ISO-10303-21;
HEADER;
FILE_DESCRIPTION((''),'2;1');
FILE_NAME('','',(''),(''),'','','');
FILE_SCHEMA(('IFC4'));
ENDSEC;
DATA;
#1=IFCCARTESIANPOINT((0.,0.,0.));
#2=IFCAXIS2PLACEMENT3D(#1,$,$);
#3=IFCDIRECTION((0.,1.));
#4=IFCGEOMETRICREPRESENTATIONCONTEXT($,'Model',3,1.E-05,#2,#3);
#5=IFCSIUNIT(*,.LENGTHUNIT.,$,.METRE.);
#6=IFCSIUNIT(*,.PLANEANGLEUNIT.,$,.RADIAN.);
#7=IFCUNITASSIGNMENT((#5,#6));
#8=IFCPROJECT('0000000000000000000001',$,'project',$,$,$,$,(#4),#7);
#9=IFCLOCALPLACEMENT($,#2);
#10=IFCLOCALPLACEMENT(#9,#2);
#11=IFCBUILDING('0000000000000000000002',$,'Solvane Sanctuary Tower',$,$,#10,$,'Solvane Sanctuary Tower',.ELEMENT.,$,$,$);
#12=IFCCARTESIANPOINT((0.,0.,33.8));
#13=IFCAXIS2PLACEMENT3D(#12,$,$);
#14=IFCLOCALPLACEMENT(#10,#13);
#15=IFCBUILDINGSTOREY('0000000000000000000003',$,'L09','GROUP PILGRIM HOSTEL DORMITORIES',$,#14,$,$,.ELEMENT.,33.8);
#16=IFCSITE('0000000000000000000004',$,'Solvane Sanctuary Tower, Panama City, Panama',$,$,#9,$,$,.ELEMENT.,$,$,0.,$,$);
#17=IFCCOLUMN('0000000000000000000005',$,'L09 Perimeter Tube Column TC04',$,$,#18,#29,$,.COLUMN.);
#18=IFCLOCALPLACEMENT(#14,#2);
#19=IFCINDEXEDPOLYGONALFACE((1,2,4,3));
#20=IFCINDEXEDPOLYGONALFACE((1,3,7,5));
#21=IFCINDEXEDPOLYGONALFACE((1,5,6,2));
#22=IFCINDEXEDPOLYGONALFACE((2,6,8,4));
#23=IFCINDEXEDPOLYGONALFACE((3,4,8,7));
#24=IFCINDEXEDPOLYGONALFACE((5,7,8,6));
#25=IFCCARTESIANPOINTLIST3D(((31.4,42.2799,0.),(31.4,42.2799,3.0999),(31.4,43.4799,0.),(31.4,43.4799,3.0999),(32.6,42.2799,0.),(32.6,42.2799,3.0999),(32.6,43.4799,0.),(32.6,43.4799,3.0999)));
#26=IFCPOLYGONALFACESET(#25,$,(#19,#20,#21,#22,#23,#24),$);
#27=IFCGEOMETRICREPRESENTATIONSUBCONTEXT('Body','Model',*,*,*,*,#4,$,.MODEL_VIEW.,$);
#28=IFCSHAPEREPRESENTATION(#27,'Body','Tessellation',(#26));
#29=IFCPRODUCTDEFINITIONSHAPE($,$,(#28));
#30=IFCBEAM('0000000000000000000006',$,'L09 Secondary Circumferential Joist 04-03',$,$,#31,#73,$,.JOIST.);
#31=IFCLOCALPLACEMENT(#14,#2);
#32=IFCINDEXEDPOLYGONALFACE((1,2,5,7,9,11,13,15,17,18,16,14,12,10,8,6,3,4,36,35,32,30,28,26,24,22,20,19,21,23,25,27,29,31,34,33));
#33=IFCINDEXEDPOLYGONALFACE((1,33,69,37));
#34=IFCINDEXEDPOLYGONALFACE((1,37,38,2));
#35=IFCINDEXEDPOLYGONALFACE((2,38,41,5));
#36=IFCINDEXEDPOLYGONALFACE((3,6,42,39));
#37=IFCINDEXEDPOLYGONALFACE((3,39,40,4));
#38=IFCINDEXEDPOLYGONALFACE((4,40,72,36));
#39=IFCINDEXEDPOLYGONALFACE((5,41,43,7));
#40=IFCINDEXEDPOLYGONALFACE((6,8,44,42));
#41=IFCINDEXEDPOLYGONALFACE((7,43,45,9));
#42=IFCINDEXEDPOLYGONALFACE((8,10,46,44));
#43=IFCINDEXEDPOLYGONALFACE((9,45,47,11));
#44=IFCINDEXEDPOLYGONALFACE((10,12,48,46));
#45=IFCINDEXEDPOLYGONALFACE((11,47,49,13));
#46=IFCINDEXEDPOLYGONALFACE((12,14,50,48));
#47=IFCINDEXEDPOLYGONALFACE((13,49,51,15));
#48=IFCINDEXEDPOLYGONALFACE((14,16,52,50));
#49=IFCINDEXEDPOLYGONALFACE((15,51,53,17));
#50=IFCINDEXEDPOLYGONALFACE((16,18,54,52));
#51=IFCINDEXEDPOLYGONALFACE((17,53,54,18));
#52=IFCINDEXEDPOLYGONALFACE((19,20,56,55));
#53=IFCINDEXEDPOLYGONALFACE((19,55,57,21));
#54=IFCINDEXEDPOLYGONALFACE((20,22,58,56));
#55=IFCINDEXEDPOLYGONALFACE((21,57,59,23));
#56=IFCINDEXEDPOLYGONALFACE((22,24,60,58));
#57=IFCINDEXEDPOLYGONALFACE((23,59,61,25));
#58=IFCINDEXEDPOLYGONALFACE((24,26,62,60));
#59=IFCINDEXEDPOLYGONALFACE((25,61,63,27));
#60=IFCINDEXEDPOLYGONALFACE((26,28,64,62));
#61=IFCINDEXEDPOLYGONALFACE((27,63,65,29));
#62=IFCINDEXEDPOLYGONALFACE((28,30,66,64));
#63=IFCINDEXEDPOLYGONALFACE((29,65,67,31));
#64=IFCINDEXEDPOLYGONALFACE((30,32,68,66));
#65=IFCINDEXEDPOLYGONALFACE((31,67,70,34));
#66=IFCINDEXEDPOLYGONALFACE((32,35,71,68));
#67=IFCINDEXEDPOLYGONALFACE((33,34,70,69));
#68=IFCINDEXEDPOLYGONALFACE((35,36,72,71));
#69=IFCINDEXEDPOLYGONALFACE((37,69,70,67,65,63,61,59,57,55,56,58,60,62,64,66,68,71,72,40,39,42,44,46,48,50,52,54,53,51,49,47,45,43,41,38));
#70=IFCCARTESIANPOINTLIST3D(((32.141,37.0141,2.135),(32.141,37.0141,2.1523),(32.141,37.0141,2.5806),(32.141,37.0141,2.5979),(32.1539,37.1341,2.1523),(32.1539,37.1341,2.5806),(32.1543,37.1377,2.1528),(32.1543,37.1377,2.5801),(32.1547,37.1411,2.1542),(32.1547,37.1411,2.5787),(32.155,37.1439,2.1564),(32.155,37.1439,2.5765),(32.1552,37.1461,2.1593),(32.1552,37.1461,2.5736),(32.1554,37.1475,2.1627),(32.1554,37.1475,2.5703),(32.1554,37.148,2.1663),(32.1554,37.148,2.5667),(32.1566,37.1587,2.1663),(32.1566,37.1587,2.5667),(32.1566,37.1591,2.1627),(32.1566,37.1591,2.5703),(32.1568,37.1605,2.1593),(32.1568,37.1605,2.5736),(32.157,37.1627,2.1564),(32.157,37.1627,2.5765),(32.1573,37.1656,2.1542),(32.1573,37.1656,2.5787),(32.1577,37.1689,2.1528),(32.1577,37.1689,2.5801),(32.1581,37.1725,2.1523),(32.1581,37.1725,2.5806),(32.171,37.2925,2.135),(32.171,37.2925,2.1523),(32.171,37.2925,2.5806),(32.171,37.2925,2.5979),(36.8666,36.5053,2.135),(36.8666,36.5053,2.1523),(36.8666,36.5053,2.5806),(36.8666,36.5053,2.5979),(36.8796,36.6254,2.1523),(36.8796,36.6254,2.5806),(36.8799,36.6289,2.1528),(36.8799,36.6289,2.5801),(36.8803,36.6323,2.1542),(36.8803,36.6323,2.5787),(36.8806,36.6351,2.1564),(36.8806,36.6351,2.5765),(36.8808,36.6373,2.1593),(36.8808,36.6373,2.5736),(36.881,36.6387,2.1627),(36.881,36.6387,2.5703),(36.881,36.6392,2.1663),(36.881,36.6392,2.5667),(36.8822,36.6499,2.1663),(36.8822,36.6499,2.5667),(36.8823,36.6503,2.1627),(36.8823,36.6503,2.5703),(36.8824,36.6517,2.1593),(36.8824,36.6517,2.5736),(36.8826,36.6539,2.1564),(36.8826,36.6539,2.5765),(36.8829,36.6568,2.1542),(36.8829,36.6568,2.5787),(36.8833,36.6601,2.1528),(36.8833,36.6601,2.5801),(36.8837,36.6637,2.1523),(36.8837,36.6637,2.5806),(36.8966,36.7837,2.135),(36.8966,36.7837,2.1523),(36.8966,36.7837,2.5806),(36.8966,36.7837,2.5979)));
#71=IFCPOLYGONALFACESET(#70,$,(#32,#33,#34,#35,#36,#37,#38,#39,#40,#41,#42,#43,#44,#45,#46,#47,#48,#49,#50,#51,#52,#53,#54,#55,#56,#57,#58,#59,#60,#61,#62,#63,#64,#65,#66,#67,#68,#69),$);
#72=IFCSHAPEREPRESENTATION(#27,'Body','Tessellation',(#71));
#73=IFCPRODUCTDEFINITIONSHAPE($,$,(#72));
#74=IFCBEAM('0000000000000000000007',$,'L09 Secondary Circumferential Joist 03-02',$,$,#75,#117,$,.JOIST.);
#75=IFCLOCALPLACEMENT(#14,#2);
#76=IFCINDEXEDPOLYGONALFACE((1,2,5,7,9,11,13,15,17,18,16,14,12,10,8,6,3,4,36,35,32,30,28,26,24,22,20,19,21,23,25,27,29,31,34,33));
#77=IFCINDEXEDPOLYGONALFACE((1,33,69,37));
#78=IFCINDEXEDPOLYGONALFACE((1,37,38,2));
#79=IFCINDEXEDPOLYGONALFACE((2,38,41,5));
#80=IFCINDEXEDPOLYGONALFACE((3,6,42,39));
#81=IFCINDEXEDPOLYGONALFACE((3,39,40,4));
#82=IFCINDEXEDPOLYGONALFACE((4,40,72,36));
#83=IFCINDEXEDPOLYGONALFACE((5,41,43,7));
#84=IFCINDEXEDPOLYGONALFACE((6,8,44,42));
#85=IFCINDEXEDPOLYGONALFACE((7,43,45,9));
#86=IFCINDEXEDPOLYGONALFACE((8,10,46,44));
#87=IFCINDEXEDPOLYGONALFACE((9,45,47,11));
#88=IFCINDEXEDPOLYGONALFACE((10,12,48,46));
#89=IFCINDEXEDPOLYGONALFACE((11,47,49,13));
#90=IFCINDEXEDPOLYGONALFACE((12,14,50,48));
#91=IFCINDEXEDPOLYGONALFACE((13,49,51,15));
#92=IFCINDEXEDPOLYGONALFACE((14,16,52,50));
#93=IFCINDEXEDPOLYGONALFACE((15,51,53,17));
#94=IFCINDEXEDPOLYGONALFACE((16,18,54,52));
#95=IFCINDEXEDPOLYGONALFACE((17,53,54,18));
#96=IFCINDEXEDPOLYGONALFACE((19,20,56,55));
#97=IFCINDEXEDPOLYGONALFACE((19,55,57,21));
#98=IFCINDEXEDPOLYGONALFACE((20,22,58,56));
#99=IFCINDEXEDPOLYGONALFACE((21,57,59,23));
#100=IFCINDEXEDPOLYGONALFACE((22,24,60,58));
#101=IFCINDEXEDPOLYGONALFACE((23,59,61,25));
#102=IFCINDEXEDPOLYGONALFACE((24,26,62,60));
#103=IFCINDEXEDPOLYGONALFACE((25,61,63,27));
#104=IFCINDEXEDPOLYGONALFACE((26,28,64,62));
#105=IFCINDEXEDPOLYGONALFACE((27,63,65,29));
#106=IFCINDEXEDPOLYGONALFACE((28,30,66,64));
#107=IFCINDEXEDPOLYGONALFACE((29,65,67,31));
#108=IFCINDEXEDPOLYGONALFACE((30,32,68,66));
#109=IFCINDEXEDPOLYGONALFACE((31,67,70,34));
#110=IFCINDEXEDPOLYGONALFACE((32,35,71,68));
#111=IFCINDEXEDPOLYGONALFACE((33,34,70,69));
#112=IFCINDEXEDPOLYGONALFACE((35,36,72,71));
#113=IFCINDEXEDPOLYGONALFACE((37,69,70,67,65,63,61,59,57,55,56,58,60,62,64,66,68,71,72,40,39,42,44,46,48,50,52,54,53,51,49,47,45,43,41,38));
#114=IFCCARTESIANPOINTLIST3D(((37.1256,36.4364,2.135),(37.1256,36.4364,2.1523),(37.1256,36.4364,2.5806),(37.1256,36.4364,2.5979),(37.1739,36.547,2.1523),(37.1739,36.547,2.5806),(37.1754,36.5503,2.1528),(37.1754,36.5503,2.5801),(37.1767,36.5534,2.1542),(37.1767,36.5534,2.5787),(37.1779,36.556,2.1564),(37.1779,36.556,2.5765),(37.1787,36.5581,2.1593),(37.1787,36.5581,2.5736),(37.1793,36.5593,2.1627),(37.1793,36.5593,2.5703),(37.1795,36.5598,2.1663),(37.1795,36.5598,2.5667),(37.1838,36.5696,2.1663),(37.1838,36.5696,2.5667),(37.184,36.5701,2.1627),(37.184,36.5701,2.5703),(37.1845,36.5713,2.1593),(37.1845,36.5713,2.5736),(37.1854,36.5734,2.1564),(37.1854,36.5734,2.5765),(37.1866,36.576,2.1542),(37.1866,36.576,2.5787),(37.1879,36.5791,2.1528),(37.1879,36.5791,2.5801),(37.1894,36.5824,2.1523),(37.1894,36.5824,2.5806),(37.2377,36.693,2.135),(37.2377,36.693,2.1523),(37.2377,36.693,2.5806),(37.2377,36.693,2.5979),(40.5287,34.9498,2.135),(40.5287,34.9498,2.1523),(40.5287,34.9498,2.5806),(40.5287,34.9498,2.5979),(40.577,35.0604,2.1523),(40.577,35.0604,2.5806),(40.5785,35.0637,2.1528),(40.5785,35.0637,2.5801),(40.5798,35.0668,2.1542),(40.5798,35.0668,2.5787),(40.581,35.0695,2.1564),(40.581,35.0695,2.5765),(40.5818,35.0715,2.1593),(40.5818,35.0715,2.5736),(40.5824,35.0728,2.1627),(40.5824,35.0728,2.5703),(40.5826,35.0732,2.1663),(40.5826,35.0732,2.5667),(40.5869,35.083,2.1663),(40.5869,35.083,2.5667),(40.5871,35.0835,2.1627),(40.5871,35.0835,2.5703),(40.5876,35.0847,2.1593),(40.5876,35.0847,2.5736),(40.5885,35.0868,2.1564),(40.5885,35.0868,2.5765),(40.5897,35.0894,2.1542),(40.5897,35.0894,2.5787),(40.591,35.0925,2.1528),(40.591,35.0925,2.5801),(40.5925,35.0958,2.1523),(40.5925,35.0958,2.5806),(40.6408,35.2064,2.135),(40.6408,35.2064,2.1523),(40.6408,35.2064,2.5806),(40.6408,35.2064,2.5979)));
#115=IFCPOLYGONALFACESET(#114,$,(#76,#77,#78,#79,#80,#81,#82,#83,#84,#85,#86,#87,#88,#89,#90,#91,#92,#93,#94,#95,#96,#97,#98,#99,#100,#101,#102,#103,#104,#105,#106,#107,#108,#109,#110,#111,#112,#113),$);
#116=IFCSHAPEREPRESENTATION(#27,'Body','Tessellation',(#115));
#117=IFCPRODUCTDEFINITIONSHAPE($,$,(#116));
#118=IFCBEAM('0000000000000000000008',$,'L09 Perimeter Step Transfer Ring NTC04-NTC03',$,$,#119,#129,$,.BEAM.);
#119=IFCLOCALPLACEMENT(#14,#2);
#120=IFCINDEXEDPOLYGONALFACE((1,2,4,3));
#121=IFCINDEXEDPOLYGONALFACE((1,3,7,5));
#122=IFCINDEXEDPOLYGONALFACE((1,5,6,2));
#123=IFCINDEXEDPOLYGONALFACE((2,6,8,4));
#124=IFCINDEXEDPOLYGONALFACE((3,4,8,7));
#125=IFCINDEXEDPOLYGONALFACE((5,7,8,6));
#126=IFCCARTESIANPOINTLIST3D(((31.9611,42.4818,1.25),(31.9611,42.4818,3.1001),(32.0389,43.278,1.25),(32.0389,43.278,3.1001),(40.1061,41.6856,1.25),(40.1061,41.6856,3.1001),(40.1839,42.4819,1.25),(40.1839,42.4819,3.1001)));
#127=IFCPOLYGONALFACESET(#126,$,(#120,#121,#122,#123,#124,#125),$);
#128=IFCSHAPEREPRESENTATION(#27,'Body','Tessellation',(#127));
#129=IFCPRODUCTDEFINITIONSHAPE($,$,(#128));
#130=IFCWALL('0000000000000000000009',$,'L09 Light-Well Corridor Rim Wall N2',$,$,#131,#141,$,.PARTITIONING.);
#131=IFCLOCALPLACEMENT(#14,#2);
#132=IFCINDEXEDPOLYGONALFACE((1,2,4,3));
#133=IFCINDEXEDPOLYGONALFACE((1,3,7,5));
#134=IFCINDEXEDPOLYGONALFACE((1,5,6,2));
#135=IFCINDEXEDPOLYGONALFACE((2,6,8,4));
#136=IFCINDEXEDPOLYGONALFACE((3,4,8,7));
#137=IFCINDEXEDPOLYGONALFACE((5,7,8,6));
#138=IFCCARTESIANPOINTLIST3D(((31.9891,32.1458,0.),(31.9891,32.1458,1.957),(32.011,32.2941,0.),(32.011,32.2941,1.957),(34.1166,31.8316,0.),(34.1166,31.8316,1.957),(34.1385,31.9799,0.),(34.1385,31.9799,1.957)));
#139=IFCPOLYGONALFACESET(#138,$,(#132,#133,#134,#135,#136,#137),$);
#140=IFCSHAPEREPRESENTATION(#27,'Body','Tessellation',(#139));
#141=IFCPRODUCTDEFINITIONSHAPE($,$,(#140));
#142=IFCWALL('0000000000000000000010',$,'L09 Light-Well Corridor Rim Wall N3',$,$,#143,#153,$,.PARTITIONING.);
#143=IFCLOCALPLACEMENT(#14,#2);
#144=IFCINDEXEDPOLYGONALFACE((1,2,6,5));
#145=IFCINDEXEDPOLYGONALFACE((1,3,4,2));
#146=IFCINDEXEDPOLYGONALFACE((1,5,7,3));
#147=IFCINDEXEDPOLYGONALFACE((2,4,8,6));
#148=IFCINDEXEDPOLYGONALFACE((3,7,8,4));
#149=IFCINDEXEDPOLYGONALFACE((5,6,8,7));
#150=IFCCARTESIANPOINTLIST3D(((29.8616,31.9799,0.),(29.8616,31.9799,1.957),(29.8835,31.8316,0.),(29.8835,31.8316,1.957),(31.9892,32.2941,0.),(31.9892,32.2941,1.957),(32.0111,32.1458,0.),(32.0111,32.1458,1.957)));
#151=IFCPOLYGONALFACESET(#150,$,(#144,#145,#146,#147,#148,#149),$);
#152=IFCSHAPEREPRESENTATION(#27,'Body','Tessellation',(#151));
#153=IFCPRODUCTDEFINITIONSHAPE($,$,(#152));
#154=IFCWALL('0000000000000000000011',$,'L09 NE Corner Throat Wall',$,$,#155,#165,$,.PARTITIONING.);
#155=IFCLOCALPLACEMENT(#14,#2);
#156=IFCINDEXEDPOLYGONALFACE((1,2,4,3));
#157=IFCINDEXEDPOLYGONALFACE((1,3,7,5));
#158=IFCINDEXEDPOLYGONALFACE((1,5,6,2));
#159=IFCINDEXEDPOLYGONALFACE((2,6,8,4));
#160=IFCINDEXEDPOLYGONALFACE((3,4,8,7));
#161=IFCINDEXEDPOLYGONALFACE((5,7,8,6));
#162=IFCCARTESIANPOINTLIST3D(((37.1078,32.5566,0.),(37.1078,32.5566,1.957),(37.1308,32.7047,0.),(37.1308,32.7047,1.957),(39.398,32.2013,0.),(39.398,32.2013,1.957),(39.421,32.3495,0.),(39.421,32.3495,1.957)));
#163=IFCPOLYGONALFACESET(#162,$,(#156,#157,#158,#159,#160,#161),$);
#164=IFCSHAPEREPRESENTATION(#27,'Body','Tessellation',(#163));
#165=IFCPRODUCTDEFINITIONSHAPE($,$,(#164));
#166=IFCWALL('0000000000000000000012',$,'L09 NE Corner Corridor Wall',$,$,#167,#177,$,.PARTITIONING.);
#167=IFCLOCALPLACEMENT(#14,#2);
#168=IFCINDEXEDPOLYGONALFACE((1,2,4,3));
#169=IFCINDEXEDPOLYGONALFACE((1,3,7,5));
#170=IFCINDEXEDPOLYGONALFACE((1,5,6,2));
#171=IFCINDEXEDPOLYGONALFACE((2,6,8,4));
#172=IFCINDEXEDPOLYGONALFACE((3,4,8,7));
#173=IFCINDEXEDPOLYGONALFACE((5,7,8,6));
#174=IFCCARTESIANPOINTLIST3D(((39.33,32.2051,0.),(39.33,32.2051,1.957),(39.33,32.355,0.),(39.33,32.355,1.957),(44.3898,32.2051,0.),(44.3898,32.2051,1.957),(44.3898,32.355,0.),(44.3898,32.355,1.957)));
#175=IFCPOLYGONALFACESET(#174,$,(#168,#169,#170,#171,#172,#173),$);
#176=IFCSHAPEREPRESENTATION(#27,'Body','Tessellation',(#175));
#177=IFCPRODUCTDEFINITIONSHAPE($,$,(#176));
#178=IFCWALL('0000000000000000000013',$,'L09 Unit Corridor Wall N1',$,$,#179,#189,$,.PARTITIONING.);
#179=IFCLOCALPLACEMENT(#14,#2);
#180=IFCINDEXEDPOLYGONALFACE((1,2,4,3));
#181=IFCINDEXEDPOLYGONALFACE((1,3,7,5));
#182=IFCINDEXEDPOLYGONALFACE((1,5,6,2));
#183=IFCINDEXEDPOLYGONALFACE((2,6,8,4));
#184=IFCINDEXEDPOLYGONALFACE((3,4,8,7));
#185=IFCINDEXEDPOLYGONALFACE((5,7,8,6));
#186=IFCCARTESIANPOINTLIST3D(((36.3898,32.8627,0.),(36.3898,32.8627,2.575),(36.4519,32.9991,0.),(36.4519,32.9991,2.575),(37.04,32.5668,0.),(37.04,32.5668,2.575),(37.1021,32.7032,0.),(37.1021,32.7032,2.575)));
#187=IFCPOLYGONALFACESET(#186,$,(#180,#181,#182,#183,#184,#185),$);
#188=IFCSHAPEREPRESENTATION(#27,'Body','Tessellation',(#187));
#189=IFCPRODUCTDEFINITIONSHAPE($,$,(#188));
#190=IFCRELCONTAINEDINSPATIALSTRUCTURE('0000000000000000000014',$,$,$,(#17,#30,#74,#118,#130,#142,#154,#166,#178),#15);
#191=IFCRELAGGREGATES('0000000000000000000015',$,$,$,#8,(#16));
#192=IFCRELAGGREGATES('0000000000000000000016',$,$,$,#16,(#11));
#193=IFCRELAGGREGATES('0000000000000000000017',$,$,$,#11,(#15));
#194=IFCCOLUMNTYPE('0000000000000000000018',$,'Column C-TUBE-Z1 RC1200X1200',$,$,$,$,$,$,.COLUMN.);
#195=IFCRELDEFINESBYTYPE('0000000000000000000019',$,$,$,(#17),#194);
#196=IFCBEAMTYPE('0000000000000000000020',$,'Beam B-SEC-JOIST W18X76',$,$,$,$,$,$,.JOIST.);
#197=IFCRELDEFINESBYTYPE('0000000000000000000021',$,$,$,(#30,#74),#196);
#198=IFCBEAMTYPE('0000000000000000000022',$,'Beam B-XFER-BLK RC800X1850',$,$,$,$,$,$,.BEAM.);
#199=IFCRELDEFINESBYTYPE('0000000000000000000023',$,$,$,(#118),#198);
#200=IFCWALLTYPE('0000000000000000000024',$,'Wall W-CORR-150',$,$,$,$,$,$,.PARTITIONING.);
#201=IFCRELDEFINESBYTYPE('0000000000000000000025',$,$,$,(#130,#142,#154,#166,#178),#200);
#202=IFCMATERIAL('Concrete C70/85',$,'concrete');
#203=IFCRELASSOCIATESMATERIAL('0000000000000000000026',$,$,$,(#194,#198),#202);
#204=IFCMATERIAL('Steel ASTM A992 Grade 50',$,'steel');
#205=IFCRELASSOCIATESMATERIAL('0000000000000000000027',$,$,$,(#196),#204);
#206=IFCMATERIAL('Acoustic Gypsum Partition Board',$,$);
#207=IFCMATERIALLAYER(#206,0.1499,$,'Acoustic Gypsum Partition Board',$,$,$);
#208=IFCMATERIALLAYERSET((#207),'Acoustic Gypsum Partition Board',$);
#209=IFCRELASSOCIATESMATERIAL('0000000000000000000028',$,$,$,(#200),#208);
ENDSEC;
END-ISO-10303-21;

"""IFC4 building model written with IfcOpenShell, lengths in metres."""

from ifc_helpers import new_model, si_unit, direction, frame, frame_2d, origin, origin_2d, place, context, subcontext, project, spatial, rectangle, i_section, extrude, material, layer, layer_set, material_profile, profile_set, type_object, element, save


model = new_model("IFC4")

# Units and contexts
model_context = context("Model", 3, precision=1e-05, world=origin(), true_north=direction((0.0, 1.0)))
body_context = subcontext(model_context, "Body", "Model", "MODEL_VIEW")
ifc_project = project(units=[si_unit("LENGTHUNIT", "METRE"), si_unit("PLANEANGLEUNIT", "RADIAN")], contexts=[model_context])

# Site, building, storey
site_placement = place(None, origin())
site = spatial("IfcSite", under=ifc_project, at=site_placement, Name="Solvane Sanctuary Tower, Panama City, Panama", CompositionType="ELEMENT", RefElevation=0.0)
building_placement = place(site_placement, origin())
building = spatial("IfcBuilding", under=site, at=building_placement, Name="Solvane Sanctuary Tower", LongName="Solvane Sanctuary Tower", CompositionType="ELEMENT")
storey_placement = place(building_placement, frame((0.0, 0.0, 33.8)))
storey = spatial("IfcBuildingStorey", under=building, at=storey_placement, Name="L09", Description="GROUP PILGRIM HOSTEL DORMITORIES", CompositionType="ELEMENT", Elevation=33.8)

# Column
ifc_material_1 = material(Name="Concrete C70/85", Category="concrete")
ifc_material_profile_1 = material_profile(ifc_material_1, rectangle(XDim=1.2, YDim=1.2, at=origin_2d()), Name="RC1200X1200")
ifc_profile_set_1 = profile_set([ifc_material_profile_1], Name="Concrete C70/85")
column_type = type_object("IfcColumnType", Name="Column C-TUBE-Z1 RC1200X1200", PredefinedType="COLUMN", material=ifc_profile_set_1)
column_placement = place(storey_placement, frame((32.0, 42.8799, 0.0), z_axis=(0.0, 0.0, 1.0), x_axis=(0.0, 1.0, 0.0)))
element("IfcColumn", 1, at=column_placement, inside=storey, type_object=column_type, Name="L09 Perimeter Tube Column TC04", PredefinedType="COLUMN", context=body_context, shape_type="SweptSolid", body=[
    extrude(rectangle(XDim=1.2, YDim=1.2, at=origin_2d()), origin(), (0.0, 0.0, 1.0), 3.0999),
])

# Beams
ifc_material_2 = material(Name="Steel ASTM A992 Grade 50", Category="steel")
ifc_material_profile_2 = material_profile(ifc_material_2, i_section(OverallWidth=0.28, OverallDepth=0.4629, WebThickness=0.0107, FlangeThickness=0.0173, FilletRadius=0.0139, at=origin_2d()), Name="W18X76")
ifc_profile_set_2 = profile_set([ifc_material_profile_2], Name="Steel ASTM A992 Grade 50")
beam_type_1 = type_object("IfcBeamType", Name="Beam B-SEC-JOIST W18X76", PredefinedType="JOIST", material=ifc_profile_set_2)
beam_1_placement = place(storey_placement, frame((32.156, 37.1533, 2.3665), z_axis=(0.994254, -0.107048, 0.0), x_axis=(0.107048, 0.994254, 0.0)))
element("IfcBeam", 2, at=beam_1_placement, inside=storey, type_object=beam_type_1, Name="L09 Secondary Circumferential Joist 04-03", PredefinedType="JOIST", context=body_context, shape_type="SweptSolid", body=[
    extrude(i_section(OverallWidth=0.28, OverallDepth=0.4629, WebThickness=0.0107, FlangeThickness=0.0173, FilletRadius=0.0139, at=origin_2d()), origin(), (0.0, 0.0, 1.0), 4.7529),
])
beam_2_placement = place(storey_placement, frame((37.1816, 36.5647, 2.3665), z_axis=(0.916382, -0.400305, 0.0), x_axis=(0.400305, 0.916382, 0.0)))
element("IfcBeam", 3, at=beam_2_placement, inside=storey, type_object=beam_type_1, Name="L09 Secondary Circumferential Joist 03-02", PredefinedType="JOIST", context=body_context, shape_type="SweptSolid", body=[
    extrude(i_section(OverallWidth=0.28, OverallDepth=0.4629, WebThickness=0.0107, FlangeThickness=0.0173, FilletRadius=0.0139, at=origin_2d()), origin(), (0.0, 0.0, 1.0), 3.7136),
])
ifc_material_profile_3 = material_profile(ifc_material_1, rectangle(XDim=0.8, YDim=1.8501, at=origin_2d()), Name="RC800X1850")
ifc_profile_set_3 = profile_set([ifc_material_profile_3], Name="Concrete C70/85")
beam_type_2 = type_object("IfcBeamType", Name="Beam B-XFER-BLK RC800X1850", PredefinedType="BEAM", material=ifc_profile_set_3)
beam_3_placement = place(storey_placement, frame((32.0, 42.8799, 2.175), z_axis=(0.995257, -0.097282, 0.0), x_axis=(0.097282, 0.995257, 0.0)))
element("IfcBeam", 4, at=beam_3_placement, inside=storey, type_object=beam_type_2, Name="L09 Perimeter Step Transfer Ring NTC04-NTC03", PredefinedType="BEAM", context=body_context, shape_type="SweptSolid", body=[
    extrude(rectangle(XDim=0.8, YDim=1.8501, at=origin_2d()), origin(), (0.0, 0.0, 1.0), 8.1838),
])

# Walls
ifc_material_3 = material(Name="Acoustic Gypsum Partition Board")
ifc_layer_1 = layer(ifc_material_3, 0.1499, Name="Acoustic Gypsum Partition Board")
ifc_layer_set_1 = layer_set([ifc_layer_1], Name="Acoustic Gypsum Partition Board")
wall_type_1 = type_object("IfcWallType", Name="Wall W-CORR-150", PredefinedType="PARTITIONING", material=ifc_layer_set_1)
for number, where, z_axis, x_axis, name in (
    (5, (34.1274, 31.9058, 0.0), (0.0, 0.0, 1.0), (-0.989269, 0.146108, 0.0), "L09 Light-Well Corridor Rim Wall N2"),
    (6, (32.0, 32.22, 0.0), (0.0, 0.0, 1.0), (-0.989269, -0.146108, 0.0), "L09 Light-Well Corridor Rim Wall N3"),
):
    element("IfcWall", number, at=place(storey_placement, frame(where, z_axis=z_axis, x_axis=x_axis)), inside=storey, type_object=wall_type_1, Name=name, PredefinedType="PARTITIONING", context=body_context, shape_type="SweptSolid", body=[
        extrude(rectangle(XDim=2.1506, YDim=0.1499, at=frame_2d((1.0752, 0.0))), origin(), (0.0, 0.0, 1.0), 1.957),
    ])
wall_1_placement = place(storey_placement, frame((37.1194, 32.6306, 0.0), z_axis=(0.0, 0.0, 1.0), x_axis=(0.988185, -0.153268, 0.0)))
element("IfcWall", 7, at=wall_1_placement, inside=storey, type_object=wall_type_1, Name="L09 NE Corner Throat Wall", PredefinedType="PARTITIONING", context=body_context, shape_type="SweptSolid", body=[
    extrude(rectangle(XDim=2.3176, YDim=0.1499, at=frame_2d((1.1587, 0.0))), origin(), (0.0, 0.0, 1.0), 1.957),
])
wall_2_placement = place(storey_placement, frame((39.3301, 32.28, 0.0), z_axis=(0.0, 0.0, 1.0), x_axis=(1.0, 0.0, 0.0)))
element("IfcWall", 8, at=wall_2_placement, inside=storey, type_object=wall_type_1, Name="L09 NE Corner Corridor Wall", PredefinedType="PARTITIONING", context=body_context, shape_type="SweptSolid", body=[
    extrude(rectangle(XDim=5.0598, YDim=0.1499, at=frame_2d((2.5298, 0.0))), origin(), (0.0, 0.0, 1.0), 1.957),
])
wall_3_placement = place(storey_placement, frame((37.071, 32.635, 0.0), z_axis=(0.0, 0.0, 1.0), x_axis=(-0.910167, 0.414241, 0.0)))
element("IfcWall", 9, at=wall_3_placement, inside=storey, type_object=wall_type_1, Name="L09 Unit Corridor Wall N1", PredefinedType="PARTITIONING", context=body_context, shape_type="SweptSolid", body=[
    extrude(rectangle(XDim=0.7144, YDim=0.1499, at=frame_2d((0.3572, 0.0))), origin(), (0.0, 0.0, 1.0), 2.575),
])

save(model, "model.ifc")
